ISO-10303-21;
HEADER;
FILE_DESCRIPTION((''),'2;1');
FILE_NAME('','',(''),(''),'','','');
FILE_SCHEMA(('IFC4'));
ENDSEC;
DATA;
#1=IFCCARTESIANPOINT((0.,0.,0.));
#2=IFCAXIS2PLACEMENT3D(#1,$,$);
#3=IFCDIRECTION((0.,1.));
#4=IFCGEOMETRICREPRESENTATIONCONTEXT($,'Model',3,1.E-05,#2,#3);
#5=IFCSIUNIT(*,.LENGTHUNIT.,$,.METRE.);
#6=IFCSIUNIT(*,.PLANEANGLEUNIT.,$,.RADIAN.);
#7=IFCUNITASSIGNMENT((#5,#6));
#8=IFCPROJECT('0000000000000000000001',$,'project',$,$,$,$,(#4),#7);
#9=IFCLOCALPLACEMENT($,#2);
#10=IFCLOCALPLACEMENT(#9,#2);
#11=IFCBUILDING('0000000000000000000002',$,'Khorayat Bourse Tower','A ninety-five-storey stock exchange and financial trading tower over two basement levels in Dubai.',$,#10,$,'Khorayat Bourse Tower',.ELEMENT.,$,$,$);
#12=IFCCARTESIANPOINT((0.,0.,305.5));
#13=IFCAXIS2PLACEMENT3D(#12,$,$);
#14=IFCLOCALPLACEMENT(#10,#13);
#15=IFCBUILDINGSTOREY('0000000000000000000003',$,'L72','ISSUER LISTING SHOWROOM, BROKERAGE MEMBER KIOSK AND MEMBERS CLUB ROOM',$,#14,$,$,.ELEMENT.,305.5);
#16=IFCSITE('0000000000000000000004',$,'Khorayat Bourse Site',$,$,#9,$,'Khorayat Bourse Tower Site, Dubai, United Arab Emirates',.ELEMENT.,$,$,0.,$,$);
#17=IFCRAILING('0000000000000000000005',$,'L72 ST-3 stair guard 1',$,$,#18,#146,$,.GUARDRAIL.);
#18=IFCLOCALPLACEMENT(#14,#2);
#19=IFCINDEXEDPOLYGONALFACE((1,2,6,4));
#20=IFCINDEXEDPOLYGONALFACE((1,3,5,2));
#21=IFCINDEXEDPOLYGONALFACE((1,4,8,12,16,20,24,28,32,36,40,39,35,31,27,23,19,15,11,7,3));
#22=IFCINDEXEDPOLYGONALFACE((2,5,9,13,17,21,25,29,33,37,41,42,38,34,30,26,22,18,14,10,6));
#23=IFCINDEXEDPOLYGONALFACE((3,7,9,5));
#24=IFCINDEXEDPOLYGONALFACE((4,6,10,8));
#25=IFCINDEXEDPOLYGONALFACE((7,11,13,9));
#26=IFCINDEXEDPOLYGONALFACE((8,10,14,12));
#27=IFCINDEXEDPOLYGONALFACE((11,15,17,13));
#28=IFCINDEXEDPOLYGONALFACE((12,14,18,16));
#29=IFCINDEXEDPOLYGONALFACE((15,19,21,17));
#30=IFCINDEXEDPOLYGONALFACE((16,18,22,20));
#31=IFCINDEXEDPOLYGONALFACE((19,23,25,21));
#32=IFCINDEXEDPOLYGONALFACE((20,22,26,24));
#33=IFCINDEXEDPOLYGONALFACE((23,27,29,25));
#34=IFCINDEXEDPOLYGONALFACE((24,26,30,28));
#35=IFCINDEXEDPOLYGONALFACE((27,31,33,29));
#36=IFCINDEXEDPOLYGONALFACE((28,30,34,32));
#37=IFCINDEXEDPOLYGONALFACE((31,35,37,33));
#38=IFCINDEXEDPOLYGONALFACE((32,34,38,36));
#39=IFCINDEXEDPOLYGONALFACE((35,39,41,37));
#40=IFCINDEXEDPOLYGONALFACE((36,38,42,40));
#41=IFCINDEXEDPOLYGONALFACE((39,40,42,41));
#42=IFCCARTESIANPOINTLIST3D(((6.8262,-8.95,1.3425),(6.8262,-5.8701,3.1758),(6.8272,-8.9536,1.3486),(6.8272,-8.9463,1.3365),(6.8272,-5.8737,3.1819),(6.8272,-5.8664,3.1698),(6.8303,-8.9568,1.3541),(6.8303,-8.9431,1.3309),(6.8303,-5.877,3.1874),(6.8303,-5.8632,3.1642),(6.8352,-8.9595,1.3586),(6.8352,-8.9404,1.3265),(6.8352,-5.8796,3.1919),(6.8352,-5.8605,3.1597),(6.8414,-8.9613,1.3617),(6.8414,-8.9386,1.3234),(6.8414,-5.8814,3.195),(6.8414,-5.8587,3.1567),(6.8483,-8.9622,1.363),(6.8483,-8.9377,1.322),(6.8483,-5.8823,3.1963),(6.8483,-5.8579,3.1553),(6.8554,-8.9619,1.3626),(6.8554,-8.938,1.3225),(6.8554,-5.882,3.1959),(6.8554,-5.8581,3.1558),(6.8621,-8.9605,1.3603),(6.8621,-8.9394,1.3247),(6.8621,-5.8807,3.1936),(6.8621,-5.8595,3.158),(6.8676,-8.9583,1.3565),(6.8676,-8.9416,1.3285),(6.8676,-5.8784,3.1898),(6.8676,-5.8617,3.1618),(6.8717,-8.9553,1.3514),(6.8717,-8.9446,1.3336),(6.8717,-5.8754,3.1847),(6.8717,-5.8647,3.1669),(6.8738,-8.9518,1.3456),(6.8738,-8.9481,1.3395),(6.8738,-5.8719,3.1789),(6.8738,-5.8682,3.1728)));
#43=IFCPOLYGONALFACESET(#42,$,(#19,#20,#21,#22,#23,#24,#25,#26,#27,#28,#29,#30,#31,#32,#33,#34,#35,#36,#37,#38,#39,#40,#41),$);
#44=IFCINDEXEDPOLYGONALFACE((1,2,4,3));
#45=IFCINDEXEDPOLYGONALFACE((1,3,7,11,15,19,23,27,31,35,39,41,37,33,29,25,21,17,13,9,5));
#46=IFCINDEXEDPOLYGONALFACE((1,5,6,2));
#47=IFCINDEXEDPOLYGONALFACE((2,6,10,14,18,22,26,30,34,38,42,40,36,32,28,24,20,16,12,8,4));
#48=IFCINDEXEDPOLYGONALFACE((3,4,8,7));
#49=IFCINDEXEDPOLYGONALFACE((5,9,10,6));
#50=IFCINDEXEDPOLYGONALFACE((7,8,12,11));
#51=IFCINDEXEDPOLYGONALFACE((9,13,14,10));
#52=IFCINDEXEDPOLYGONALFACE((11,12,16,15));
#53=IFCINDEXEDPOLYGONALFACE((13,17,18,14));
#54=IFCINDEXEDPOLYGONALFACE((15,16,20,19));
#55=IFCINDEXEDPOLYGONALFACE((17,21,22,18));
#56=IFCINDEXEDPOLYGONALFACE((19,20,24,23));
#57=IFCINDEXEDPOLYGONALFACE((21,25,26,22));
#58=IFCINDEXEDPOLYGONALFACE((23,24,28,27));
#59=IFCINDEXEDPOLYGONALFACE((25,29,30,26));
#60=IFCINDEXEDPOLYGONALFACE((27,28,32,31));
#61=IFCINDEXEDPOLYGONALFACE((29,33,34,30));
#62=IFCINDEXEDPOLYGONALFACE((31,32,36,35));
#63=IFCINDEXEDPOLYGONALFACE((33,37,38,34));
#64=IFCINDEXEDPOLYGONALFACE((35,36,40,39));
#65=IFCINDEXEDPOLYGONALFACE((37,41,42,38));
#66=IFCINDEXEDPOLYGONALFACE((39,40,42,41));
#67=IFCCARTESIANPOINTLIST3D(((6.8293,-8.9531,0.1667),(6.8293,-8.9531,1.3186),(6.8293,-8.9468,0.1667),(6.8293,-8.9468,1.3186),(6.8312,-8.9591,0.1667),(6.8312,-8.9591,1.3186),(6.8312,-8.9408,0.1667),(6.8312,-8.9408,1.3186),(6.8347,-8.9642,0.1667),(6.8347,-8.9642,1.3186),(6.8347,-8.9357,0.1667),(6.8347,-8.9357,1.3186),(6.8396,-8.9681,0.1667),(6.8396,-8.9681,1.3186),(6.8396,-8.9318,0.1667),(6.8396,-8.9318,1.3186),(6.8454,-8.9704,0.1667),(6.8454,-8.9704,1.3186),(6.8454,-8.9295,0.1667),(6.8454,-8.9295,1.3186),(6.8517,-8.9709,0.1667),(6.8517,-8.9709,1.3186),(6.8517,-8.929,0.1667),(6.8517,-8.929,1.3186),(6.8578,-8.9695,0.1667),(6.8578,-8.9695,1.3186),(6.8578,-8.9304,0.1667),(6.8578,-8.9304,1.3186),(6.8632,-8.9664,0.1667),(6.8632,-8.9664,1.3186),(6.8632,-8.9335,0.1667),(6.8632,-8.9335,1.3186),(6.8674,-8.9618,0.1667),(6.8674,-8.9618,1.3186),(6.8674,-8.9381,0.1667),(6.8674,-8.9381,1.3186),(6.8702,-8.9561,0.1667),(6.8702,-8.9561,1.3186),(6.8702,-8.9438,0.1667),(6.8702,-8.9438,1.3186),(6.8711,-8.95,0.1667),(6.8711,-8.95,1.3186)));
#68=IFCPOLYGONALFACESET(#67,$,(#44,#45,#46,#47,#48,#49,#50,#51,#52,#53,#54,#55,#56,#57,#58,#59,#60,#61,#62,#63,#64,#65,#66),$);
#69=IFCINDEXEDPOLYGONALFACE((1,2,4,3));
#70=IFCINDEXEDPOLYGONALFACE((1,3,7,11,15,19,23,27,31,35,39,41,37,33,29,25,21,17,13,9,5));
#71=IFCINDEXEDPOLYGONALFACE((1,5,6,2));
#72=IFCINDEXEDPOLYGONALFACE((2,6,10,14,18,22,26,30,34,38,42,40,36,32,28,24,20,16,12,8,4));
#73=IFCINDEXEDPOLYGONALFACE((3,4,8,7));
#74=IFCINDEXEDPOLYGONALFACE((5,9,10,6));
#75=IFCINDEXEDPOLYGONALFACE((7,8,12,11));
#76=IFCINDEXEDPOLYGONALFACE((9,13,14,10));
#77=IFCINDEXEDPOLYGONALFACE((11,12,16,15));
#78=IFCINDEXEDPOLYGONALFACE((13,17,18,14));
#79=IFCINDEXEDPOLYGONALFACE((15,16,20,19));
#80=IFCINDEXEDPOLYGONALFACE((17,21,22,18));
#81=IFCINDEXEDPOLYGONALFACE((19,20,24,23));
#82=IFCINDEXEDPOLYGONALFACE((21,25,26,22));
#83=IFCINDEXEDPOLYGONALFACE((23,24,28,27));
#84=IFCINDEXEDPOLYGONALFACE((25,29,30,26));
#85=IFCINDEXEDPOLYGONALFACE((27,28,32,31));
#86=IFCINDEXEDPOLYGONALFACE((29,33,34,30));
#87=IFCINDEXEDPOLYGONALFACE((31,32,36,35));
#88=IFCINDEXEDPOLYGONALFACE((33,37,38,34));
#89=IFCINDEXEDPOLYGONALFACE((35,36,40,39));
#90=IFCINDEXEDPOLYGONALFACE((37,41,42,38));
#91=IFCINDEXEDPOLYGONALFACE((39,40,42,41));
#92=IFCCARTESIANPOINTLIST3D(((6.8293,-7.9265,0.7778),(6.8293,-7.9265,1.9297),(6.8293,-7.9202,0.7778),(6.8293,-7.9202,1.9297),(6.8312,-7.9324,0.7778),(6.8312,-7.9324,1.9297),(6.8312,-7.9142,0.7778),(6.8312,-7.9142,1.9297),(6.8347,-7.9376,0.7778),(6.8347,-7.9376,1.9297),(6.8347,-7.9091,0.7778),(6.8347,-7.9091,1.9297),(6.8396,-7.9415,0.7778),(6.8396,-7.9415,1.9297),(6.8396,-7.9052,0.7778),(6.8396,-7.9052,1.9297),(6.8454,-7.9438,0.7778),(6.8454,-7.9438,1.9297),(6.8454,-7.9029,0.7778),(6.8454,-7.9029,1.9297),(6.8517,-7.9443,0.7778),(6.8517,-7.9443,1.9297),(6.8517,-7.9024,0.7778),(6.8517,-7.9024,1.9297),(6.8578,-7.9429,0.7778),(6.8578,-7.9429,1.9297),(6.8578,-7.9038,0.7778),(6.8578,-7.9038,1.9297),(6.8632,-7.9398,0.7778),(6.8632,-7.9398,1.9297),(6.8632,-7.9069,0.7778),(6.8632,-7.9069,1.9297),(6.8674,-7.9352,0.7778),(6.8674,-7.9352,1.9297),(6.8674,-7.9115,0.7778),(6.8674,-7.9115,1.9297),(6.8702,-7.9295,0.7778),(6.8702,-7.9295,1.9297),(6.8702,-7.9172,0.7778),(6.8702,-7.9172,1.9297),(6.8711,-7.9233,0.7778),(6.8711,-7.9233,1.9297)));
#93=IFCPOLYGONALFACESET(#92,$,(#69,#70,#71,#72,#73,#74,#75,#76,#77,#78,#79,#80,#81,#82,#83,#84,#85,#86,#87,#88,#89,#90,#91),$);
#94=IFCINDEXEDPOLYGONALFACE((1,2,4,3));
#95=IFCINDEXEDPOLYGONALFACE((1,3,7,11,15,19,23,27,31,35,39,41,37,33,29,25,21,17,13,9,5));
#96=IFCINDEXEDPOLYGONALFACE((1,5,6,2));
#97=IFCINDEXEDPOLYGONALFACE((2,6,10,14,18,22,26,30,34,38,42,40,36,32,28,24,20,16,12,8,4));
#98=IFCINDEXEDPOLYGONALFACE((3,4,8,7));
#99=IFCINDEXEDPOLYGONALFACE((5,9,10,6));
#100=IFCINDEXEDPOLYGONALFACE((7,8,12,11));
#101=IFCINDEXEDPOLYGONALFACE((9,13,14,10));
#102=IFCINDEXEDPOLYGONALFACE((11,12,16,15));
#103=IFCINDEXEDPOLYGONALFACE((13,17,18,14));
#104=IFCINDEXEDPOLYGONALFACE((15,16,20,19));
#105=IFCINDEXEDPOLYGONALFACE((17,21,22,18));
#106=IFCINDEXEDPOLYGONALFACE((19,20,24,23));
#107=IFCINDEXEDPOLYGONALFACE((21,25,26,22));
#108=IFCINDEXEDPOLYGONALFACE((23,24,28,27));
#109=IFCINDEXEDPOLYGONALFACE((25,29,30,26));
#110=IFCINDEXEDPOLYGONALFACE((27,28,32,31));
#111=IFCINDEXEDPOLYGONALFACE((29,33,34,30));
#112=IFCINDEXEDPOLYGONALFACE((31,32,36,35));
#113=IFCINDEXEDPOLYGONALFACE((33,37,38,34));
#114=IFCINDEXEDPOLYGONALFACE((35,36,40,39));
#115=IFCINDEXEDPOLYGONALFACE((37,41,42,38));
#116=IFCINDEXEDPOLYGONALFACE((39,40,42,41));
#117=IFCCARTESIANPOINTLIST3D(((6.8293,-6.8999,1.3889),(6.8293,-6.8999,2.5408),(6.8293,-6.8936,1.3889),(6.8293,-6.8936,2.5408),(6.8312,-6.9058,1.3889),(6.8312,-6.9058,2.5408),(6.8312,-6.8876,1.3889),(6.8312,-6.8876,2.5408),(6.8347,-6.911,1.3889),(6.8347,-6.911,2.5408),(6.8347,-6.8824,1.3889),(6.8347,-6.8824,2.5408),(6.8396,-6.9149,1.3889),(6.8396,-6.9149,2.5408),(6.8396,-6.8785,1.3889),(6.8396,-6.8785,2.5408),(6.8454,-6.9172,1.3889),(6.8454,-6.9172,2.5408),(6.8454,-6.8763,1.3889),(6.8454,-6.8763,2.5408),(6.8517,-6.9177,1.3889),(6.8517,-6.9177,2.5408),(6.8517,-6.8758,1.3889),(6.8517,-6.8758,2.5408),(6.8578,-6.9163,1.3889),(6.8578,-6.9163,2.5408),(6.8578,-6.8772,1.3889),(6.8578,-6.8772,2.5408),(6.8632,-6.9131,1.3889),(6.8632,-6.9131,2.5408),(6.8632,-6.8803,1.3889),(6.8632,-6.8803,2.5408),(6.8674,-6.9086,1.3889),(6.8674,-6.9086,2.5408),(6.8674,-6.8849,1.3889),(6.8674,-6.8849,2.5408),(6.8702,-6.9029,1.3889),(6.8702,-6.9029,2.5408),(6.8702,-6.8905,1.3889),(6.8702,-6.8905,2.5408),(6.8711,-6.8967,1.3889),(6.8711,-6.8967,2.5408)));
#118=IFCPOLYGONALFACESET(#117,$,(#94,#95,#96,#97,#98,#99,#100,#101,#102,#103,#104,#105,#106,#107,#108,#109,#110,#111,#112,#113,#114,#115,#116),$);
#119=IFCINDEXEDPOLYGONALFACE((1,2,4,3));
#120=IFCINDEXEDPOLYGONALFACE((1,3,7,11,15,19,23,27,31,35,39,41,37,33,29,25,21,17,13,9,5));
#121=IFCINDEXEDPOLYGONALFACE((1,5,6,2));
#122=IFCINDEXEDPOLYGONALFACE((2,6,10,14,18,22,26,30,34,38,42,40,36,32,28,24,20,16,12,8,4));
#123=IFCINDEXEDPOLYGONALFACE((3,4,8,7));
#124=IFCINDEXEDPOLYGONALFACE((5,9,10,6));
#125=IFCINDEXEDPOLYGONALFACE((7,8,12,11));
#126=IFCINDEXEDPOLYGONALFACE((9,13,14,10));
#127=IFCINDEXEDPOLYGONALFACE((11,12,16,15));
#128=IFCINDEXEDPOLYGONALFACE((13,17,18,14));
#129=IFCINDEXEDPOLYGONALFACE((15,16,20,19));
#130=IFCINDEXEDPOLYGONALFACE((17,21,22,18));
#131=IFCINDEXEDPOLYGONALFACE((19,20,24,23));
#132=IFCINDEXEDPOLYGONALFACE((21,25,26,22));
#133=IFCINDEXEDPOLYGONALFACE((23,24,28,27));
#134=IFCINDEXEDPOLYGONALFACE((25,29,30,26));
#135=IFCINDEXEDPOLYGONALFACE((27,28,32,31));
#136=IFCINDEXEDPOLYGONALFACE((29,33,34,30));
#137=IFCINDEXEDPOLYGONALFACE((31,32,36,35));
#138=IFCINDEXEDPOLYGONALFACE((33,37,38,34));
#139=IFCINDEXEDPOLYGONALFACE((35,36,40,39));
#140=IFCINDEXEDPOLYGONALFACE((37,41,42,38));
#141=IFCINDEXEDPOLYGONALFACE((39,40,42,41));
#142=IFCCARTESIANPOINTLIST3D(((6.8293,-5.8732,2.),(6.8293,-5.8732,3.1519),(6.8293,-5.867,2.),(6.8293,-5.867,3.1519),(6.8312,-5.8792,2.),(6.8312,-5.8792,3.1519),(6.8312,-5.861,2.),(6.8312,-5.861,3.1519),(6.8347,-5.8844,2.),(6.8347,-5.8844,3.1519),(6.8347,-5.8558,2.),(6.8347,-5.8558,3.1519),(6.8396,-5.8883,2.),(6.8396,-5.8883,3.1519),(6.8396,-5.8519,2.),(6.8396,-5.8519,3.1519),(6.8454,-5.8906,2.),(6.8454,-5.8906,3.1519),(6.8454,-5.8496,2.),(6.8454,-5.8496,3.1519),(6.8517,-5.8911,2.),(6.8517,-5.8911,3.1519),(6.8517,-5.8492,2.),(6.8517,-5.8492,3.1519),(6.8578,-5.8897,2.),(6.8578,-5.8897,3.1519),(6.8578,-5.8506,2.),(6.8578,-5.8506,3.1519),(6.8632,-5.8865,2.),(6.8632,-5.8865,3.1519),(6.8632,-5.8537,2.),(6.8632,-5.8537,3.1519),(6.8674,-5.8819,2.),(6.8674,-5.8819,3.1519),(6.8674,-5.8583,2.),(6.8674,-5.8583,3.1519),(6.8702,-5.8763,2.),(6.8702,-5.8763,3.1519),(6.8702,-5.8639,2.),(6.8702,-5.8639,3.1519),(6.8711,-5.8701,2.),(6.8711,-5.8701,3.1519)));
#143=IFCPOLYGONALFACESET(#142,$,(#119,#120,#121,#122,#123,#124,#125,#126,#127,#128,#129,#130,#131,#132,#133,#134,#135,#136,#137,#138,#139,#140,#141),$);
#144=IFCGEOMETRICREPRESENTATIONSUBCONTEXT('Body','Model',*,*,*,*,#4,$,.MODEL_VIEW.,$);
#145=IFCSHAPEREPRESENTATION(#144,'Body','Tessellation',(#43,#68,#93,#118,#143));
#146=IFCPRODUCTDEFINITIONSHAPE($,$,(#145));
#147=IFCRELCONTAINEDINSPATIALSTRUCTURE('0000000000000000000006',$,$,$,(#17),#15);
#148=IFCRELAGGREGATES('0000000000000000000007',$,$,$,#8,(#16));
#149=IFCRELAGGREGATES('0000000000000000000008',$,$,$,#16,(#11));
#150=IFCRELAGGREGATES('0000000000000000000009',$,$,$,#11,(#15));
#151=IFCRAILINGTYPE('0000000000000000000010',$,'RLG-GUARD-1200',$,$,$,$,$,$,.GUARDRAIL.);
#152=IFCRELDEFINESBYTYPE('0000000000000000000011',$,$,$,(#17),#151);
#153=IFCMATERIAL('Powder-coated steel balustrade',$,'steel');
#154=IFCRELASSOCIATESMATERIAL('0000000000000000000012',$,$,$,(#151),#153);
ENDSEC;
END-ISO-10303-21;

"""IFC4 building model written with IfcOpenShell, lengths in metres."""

from ifc_helpers import new_model, si_unit, direction, frame, origin, origin_2d, place, context, subcontext, project, spatial, circle, extrude, source, transform, mapped, material, type_object, element, save


model = new_model("IFC4")

# Units and contexts
model_context = context("Model", 3, precision=1e-05, world=origin(), true_north=direction((0.0, 1.0)))
body_context = subcontext(model_context, "Body", "Model", "MODEL_VIEW")
ifc_project = project(units=[si_unit("LENGTHUNIT", "METRE"), si_unit("PLANEANGLEUNIT", "RADIAN")], contexts=[model_context])

# Site, building, storey
site_placement = place(None, origin())
site = spatial("IfcSite", under=ifc_project, at=site_placement, Name="Khorayat Bourse Site", LongName="Khorayat Bourse Tower Site, Dubai, United Arab Emirates", CompositionType="ELEMENT", RefElevation=0.0)
building_placement = place(site_placement, origin())
building = spatial("IfcBuilding", under=site, at=building_placement, Name="Khorayat Bourse Tower", Description="A ninety-five-storey stock exchange and financial trading tower over two basement levels in Dubai.", LongName="Khorayat Bourse Tower", CompositionType="ELEMENT")
storey_placement = place(building_placement, frame((0.0, 0.0, 305.5)))
storey = spatial("IfcBuildingStorey", under=building, at=storey_placement, Name="L72", Description="ISSUER LISTING SHOWROOM, BROKERAGE MEMBER KIOSK AND MEMBERS CLUB ROOM", CompositionType="ELEMENT", Elevation=305.5)

# Railing
ifc_material_1 = material(Name="Powder-coated steel balustrade", Category="steel")
railing_type_1 = type_object("IfcRailingType", Name="RLG-GUARD-1200", PredefinedType="GUARDRAIL", material=ifc_material_1)
shared_shape_1 = source(origin(), body_context, "Body", "SweptSolid", [
    extrude(circle(Radius=0.0239, at=origin_2d()), frame((0.0, 0.0, 1.1758), z_axis=(0.0, 0.859291, 0.511487), x_axis=(-1.0, 0.0, 0.0)), (0.0, 0.0, 1.0), 3.5842),
    extrude(circle(Radius=0.021, at=origin_2d()), origin(), (0.0, 0.0, 1.0), 1.1519),
    extrude(circle(Radius=0.021, at=origin_2d()), frame((0.0, 1.0266, 0.6111)), (0.0, 0.0, 1.0), 1.1519),
    extrude(circle(Radius=0.021, at=origin_2d()), frame((0.0, 2.0532, 1.2222)), (0.0, 0.0, 1.0), 1.1519),
    extrude(circle(Radius=0.021, at=origin_2d()), frame((0.0, 3.0798, 1.8333)), (0.0, 0.0, 1.0), 1.1519),
])
railing_1_placement = place(storey_placement, frame((6.8501, -8.95, 0.1667)))
element("IfcRailing", 1, at=railing_1_placement, inside=storey, type_object=railing_type_1, Name="L72 ST-3 stair guard 1", PredefinedType="GUARDRAIL", context=body_context, shape_type="MappedRepresentation", body=[
    mapped(shared_shape_1, transform((0.0, 0.0, 0.0), scale=1.0)),
])

save(model, "model.ifc")
